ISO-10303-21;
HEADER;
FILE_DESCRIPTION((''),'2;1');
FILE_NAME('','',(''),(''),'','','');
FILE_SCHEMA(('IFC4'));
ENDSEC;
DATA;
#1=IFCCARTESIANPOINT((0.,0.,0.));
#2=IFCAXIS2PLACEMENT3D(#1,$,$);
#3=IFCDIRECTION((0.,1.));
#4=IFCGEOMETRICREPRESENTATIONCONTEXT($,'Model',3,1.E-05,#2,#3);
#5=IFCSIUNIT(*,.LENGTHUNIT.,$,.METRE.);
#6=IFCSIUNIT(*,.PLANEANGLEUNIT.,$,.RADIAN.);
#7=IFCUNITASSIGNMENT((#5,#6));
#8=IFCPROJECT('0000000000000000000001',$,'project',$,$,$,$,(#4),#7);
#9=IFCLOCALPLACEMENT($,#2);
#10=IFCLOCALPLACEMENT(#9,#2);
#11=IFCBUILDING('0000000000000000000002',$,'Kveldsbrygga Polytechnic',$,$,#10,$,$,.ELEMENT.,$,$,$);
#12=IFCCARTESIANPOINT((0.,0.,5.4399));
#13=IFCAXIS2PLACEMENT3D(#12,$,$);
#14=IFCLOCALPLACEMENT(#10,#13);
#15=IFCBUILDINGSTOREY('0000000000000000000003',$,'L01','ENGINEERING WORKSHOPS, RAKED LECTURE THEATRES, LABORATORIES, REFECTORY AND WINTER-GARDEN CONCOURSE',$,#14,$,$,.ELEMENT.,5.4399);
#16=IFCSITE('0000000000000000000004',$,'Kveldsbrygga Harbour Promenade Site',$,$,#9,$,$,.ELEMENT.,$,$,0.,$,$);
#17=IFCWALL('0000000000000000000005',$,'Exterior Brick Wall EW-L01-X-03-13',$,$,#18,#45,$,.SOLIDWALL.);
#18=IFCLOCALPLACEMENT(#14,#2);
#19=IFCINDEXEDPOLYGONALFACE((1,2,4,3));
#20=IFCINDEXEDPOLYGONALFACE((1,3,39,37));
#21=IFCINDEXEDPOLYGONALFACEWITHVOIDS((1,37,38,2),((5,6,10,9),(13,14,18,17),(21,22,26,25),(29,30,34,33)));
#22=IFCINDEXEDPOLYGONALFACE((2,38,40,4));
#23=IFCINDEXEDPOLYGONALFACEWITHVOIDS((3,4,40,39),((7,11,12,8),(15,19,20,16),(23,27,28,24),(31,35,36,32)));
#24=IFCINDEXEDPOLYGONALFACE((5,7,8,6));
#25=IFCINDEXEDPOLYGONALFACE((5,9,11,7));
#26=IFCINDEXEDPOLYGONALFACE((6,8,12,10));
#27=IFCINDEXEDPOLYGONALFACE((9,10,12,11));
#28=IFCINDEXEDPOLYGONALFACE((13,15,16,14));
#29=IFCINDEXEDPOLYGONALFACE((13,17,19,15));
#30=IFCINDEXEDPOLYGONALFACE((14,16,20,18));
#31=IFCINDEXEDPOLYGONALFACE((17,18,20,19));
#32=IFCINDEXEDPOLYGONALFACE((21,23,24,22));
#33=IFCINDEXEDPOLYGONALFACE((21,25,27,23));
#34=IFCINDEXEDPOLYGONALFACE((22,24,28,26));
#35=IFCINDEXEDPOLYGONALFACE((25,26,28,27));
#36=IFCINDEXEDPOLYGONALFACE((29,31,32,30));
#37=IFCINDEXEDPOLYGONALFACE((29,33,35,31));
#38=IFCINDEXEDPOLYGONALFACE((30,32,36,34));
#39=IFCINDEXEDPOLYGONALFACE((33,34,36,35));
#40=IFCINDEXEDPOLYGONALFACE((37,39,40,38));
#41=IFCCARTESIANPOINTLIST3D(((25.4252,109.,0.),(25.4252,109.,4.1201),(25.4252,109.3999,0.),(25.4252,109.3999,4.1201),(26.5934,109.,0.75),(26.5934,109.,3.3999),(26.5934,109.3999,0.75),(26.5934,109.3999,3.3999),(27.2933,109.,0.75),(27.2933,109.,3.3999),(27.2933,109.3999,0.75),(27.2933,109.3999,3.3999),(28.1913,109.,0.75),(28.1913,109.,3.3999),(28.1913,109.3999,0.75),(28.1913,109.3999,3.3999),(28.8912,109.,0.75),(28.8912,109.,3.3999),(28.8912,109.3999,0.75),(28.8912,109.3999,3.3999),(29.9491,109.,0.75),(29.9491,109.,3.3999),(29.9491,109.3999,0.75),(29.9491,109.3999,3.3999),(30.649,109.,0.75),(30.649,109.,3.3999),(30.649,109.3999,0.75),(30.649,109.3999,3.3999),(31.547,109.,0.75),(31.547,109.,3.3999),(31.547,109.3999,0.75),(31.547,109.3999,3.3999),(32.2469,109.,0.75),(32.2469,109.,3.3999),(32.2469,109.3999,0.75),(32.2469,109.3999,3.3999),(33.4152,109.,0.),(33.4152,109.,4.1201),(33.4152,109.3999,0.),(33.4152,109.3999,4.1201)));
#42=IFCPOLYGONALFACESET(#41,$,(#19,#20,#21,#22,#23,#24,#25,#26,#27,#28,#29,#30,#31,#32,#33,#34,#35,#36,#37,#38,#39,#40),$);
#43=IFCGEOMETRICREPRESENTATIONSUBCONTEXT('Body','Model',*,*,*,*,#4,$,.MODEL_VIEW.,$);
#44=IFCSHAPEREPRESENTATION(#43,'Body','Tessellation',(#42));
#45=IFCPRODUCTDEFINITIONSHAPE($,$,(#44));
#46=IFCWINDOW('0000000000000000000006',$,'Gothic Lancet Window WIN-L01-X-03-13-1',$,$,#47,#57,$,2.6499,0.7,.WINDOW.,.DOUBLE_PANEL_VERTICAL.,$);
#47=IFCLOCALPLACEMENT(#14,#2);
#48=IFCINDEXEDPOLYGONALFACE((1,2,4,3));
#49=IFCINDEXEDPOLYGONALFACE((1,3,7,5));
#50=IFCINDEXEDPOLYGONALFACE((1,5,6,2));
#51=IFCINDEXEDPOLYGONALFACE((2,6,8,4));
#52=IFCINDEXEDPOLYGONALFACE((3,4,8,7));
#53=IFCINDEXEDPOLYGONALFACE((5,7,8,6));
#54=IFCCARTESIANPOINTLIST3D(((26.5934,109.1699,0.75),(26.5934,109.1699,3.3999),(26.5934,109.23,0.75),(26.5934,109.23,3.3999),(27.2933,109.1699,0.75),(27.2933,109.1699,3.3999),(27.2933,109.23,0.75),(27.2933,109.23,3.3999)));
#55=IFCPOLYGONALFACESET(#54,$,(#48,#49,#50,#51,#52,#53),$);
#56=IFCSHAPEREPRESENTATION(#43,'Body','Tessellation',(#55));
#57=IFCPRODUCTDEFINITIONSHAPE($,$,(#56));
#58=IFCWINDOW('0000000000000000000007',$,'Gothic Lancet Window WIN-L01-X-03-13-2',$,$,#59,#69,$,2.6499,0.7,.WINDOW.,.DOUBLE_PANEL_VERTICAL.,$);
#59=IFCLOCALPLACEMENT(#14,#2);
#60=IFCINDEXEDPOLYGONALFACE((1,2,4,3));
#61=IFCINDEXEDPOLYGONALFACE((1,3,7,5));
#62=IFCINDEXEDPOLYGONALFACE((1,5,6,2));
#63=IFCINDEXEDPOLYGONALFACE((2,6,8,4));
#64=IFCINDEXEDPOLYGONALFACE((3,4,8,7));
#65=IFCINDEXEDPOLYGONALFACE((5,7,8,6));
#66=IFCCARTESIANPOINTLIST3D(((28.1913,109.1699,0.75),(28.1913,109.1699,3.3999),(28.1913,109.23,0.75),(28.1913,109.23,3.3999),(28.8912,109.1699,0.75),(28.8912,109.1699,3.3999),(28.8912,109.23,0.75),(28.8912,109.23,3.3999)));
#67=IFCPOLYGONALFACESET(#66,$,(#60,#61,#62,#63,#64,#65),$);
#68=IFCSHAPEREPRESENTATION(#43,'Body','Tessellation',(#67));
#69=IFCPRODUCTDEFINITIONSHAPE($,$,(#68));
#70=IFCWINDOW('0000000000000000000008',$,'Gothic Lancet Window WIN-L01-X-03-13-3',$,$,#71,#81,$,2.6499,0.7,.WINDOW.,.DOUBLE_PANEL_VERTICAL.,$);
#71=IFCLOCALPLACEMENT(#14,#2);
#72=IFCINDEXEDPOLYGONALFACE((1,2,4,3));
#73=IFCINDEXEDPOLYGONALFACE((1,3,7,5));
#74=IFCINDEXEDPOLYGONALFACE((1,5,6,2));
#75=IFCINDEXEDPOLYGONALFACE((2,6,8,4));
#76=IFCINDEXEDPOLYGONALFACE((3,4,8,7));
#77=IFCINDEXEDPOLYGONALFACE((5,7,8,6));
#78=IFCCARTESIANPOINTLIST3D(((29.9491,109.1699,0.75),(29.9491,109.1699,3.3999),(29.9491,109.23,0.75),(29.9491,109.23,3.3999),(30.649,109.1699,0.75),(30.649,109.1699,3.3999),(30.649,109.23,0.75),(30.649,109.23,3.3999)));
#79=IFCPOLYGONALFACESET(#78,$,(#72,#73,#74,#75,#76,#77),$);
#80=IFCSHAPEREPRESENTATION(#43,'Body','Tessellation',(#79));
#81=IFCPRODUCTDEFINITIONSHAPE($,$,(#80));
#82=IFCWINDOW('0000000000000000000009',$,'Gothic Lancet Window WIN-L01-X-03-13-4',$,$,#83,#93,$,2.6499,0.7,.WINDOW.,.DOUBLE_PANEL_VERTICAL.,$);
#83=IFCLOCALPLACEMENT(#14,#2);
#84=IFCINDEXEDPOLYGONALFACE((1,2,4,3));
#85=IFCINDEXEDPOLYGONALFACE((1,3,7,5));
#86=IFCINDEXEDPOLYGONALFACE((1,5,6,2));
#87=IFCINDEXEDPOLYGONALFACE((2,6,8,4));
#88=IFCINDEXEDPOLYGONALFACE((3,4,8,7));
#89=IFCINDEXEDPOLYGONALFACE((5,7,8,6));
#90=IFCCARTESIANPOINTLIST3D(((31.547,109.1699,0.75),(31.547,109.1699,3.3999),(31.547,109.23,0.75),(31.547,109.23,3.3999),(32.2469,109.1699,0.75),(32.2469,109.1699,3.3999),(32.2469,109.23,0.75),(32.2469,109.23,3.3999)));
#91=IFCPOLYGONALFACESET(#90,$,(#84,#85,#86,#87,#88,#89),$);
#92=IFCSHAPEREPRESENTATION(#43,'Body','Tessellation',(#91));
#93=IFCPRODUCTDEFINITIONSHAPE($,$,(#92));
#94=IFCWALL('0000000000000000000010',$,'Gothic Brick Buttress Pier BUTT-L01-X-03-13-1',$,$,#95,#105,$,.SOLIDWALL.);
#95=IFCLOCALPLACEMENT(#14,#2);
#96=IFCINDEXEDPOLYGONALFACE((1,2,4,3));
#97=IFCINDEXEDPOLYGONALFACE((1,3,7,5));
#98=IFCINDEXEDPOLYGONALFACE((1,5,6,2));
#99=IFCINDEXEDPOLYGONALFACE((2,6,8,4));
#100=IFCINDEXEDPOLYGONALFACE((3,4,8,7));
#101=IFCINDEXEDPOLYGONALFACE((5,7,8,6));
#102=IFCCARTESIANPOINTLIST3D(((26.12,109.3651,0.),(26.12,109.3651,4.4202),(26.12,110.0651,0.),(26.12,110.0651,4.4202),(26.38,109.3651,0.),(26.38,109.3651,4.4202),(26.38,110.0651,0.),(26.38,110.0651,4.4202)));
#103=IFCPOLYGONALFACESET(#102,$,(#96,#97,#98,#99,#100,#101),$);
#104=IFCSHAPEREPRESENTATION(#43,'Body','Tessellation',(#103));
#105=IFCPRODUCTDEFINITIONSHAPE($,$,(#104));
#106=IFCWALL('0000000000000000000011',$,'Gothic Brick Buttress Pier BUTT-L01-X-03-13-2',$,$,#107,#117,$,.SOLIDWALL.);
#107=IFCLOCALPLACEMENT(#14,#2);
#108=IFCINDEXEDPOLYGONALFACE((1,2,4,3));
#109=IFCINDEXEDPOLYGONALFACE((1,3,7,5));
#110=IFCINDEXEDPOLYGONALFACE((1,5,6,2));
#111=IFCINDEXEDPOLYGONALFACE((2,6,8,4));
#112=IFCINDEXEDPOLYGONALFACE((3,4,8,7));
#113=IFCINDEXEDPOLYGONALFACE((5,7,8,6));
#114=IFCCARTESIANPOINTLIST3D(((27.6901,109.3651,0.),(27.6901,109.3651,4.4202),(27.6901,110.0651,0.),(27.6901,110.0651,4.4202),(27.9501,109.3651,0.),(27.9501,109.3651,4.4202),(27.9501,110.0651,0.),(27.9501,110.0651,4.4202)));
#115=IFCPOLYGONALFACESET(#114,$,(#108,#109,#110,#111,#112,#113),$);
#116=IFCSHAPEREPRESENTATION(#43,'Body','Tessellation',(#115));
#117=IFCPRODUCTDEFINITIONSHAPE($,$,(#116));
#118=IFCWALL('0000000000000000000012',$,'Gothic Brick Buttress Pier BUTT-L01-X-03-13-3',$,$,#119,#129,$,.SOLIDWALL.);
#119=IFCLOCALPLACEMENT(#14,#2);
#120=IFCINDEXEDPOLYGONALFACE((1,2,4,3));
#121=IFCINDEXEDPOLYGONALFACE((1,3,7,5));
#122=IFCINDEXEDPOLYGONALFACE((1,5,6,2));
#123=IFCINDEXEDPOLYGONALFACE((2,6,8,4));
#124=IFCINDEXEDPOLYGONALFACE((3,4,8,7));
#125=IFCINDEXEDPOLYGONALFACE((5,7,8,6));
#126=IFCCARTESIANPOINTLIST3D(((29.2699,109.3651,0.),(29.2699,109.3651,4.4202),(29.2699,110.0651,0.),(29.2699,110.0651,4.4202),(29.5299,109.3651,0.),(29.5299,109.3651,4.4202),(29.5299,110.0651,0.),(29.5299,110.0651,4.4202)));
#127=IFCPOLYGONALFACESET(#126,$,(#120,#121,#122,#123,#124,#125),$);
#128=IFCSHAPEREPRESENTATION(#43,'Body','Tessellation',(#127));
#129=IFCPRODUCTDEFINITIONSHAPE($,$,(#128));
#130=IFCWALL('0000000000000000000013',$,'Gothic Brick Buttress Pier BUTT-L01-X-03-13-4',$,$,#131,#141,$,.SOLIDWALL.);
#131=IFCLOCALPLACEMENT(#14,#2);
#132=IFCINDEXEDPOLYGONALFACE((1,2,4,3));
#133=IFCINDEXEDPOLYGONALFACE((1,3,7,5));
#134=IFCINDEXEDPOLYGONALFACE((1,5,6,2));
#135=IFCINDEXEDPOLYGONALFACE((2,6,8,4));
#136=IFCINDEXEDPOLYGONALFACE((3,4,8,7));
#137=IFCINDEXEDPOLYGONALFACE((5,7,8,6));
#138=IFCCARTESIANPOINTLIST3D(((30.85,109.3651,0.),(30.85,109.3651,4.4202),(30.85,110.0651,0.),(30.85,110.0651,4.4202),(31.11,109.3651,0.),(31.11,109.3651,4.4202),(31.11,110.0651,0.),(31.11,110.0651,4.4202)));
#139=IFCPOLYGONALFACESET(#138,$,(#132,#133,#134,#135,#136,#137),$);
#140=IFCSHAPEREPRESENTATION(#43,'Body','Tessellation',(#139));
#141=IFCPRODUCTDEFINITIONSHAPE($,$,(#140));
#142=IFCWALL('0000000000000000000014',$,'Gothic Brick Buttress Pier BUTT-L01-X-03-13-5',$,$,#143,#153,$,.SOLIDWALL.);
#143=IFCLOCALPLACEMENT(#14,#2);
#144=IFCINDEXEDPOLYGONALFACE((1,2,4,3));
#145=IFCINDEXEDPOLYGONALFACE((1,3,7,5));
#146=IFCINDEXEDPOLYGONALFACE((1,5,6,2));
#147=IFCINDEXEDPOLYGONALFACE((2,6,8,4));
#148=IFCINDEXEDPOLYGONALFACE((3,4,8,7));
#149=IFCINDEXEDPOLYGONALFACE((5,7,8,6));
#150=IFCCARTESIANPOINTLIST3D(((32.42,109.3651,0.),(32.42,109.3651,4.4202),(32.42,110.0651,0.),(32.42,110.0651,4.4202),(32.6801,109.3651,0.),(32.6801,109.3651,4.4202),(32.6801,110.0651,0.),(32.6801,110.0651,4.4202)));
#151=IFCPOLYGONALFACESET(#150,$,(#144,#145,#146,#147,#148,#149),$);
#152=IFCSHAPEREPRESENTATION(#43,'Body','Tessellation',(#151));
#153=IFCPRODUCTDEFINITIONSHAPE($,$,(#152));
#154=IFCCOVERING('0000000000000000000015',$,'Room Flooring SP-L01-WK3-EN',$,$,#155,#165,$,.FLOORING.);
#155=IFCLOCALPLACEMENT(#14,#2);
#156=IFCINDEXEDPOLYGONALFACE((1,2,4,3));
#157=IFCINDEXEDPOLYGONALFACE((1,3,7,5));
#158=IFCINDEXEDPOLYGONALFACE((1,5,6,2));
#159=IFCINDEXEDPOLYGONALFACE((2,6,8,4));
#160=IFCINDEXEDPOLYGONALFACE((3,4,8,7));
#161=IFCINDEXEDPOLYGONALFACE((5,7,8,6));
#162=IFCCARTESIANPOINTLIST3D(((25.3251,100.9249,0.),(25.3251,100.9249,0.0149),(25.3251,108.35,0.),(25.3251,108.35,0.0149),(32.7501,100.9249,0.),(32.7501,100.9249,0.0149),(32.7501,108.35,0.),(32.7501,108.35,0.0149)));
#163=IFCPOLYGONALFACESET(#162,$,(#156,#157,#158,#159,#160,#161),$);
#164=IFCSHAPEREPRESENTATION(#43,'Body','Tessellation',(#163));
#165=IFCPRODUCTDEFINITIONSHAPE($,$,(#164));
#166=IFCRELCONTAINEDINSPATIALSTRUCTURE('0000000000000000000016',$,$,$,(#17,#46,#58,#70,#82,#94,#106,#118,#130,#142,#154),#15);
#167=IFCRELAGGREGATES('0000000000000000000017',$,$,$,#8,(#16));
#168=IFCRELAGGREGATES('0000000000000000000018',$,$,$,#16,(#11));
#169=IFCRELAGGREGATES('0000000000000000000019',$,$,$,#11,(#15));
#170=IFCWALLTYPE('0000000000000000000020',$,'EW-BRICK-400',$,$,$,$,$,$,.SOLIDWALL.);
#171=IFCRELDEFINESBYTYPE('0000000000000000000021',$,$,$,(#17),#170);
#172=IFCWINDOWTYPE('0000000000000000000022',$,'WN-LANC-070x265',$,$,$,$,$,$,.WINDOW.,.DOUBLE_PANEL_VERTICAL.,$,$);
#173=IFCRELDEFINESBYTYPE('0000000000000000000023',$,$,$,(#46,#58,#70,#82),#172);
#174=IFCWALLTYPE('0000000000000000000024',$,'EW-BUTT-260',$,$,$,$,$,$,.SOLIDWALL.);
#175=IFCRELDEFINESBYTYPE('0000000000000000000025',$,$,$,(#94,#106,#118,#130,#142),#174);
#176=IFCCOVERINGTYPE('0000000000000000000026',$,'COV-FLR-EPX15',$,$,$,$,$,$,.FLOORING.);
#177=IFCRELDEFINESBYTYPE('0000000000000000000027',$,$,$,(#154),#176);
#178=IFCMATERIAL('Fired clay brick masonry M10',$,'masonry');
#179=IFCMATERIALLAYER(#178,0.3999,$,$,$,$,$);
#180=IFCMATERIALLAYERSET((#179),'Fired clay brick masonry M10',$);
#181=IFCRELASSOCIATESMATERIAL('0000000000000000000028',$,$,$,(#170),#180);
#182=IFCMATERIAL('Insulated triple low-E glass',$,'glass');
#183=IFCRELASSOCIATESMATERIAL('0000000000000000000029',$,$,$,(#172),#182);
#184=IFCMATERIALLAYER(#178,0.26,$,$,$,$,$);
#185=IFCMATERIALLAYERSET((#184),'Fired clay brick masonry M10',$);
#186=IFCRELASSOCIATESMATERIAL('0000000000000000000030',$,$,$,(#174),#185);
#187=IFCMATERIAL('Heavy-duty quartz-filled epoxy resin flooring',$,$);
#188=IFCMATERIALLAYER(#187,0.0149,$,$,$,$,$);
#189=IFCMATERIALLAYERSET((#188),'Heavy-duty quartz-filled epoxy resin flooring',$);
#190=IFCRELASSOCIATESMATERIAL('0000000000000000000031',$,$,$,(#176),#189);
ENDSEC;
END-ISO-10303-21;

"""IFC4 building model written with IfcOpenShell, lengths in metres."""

from ifc_helpers import new_model, si_unit, direction, frame, frame_2d, origin, origin_2d, place, context, subcontext, project, spatial, rectangle, extrude, material, layer, layer_set, type_object, element, fill, save


model = new_model("IFC4")

# Units and contexts
model_context = context("Model", 3, precision=1e-05, world=origin(), true_north=direction((0.0, 1.0)))
body_context = subcontext(model_context, "Body", "Model", "MODEL_VIEW")
ifc_project = project(units=[si_unit("LENGTHUNIT", "METRE"), si_unit("PLANEANGLEUNIT", "RADIAN")], contexts=[model_context])

# Site, building, storey
site_placement = place(None, origin())
site = spatial("IfcSite", under=ifc_project, at=site_placement, Name="Kveldsbrygga Harbour Promenade Site", CompositionType="ELEMENT", RefElevation=0.0)
building_placement = place(site_placement, origin())
building = spatial("IfcBuilding", under=site, at=building_placement, Name="Kveldsbrygga Polytechnic", CompositionType="ELEMENT")
storey_placement = place(building_placement, frame((0.0, 0.0, 5.4399)))
storey = spatial("IfcBuildingStorey", under=building, at=storey_placement, Name="L01", Description="ENGINEERING WORKSHOPS, RAKED LECTURE THEATRES, LABORATORIES, REFECTORY AND WINTER-GARDEN CONCOURSE", CompositionType="ELEMENT", Elevation=5.4399)

# Wall, openings, windows
ifc_material_1 = material(Name="Fired clay brick masonry M10", Category="masonry")
ifc_layer_1 = layer(ifc_material_1, 0.3999)
ifc_layer_set_1 = layer_set([ifc_layer_1], Name="Fired clay brick masonry M10")
wall_type_1 = type_object("IfcWallType", Name="EW-BRICK-400", PredefinedType="SOLIDWALL", material=ifc_layer_set_1)
wall_placement = place(storey_placement, frame((25.425, 109.2, 0.0), z_axis=(0.0, 0.0, 1.0), x_axis=(1.0, 0.0, 0.0)))
wall = element("IfcWall", 1, at=wall_placement, inside=storey, type_object=wall_type_1, Name="Exterior Brick Wall EW-L01-X-03-13", PredefinedType="SOLIDWALL", context=body_context, shape_type="SweptSolid", body=[
    extrude(rectangle(XDim=7.99, YDim=0.3999, at=frame_2d((3.9951, 0.0))), origin(), (0.0, 0.0, 1.0), 4.1201),
])
opening_1_placement = place(wall_placement, frame((1.1682, 0.0, 0.75)))
opening_1 = element("IfcOpeningElement", 2, at=opening_1_placement, cuts=wall, PredefinedType="OPENING", context=body_context, shape_type="SweptSolid", body=[
    extrude(rectangle(XDim=0.7, YDim=2.6499, at=frame_2d((0.3501, 1.325))), frame((0.0, 0.21, 0.0), z_axis=(0.0, -1.0, 0.0), x_axis=(1.0, 0.0, 0.0)), (0.0, 0.0, 1.0), 0.4199),
])
opening_2_placement = place(wall_placement, frame((2.7661, 0.0, 0.75)))
opening_2 = element("IfcOpeningElement", 3, at=opening_2_placement, cuts=wall, PredefinedType="OPENING", context=body_context, shape_type="SweptSolid", body=[
    extrude(rectangle(XDim=0.7, YDim=2.6499, at=frame_2d((0.3501, 1.325))), frame((0.0, 0.21, 0.0), z_axis=(0.0, -1.0, 0.0), x_axis=(1.0, 0.0, 0.0)), (0.0, 0.0, 1.0), 0.4199),
])
opening_3_placement = place(wall_placement, frame((4.5239, 0.0, 0.75)))
opening_3 = element("IfcOpeningElement", 4, at=opening_3_placement, cuts=wall, PredefinedType="OPENING", context=body_context, shape_type="SweptSolid", body=[
    extrude(rectangle(XDim=0.7, YDim=2.6499, at=frame_2d((0.3501, 1.325))), frame((0.0, 0.21, 0.0), z_axis=(0.0, -1.0, 0.0), x_axis=(1.0, 0.0, 0.0)), (0.0, 0.0, 1.0), 0.4199),
])
opening_4_placement = place(wall_placement, frame((6.1218, 0.0, 0.75)))
opening_4 = element("IfcOpeningElement", 5, at=opening_4_placement, cuts=wall, PredefinedType="OPENING", context=body_context, shape_type="SweptSolid", body=[
    extrude(rectangle(XDim=0.7, YDim=2.6499, at=frame_2d((0.3501, 1.325))), frame((0.0, 0.21, 0.0), z_axis=(0.0, -1.0, 0.0), x_axis=(1.0, 0.0, 0.0)), (0.0, 0.0, 1.0), 0.4199),
])
ifc_material_2 = material(Name="Insulated triple low-E glass", Category="glass")
window_type = type_object("IfcWindowType", Name="WN-LANC-070x265", PartitioningType="DOUBLE_PANEL_VERTICAL", PredefinedType="WINDOW", material=ifc_material_2)
window_1_placement = place(opening_1_placement, origin())
window_1 = element("IfcWindow", 6, at=window_1_placement, inside=storey, type_object=window_type, Name="Gothic Lancet Window WIN-L01-X-03-13-1", OverallHeight=2.6499, OverallWidth=0.7, PartitioningType="DOUBLE_PANEL_VERTICAL", PredefinedType="WINDOW", context=body_context, shape_type="SweptSolid", body=[
    extrude(rectangle(XDim=0.7, YDim=2.6499, at=frame_2d((0.3501, 1.325))), frame((0.0, 0.03, 0.0), z_axis=(0.0, -1.0, 0.0), x_axis=(1.0, 0.0, 0.0)), (0.0, 0.0, 1.0), 0.0601),
])
fill(opening_1, window_1)
window_2_placement = place(opening_2_placement, origin())
window_2 = element("IfcWindow", 7, at=window_2_placement, inside=storey, type_object=window_type, Name="Gothic Lancet Window WIN-L01-X-03-13-2", OverallHeight=2.6499, OverallWidth=0.7, PartitioningType="DOUBLE_PANEL_VERTICAL", PredefinedType="WINDOW", context=body_context, shape_type="SweptSolid", body=[
    extrude(rectangle(XDim=0.7, YDim=2.6499, at=frame_2d((0.3501, 1.325))), frame((0.0, 0.03, 0.0), z_axis=(0.0, -1.0, 0.0), x_axis=(1.0, 0.0, 0.0)), (0.0, 0.0, 1.0), 0.0601),
])
fill(opening_2, window_2)
window_3_placement = place(opening_3_placement, origin())
window_3 = element("IfcWindow", 8, at=window_3_placement, inside=storey, type_object=window_type, Name="Gothic Lancet Window WIN-L01-X-03-13-3", OverallHeight=2.6499, OverallWidth=0.7, PartitioningType="DOUBLE_PANEL_VERTICAL", PredefinedType="WINDOW", context=body_context, shape_type="SweptSolid", body=[
    extrude(rectangle(XDim=0.7, YDim=2.6499, at=frame_2d((0.3501, 1.325))), frame((0.0, 0.03, 0.0), z_axis=(0.0, -1.0, 0.0), x_axis=(1.0, 0.0, 0.0)), (0.0, 0.0, 1.0), 0.0601),
])
fill(opening_3, window_3)
window_4_placement = place(opening_4_placement, origin())
window_4 = element("IfcWindow", 9, at=window_4_placement, inside=storey, type_object=window_type, Name="Gothic Lancet Window WIN-L01-X-03-13-4", OverallHeight=2.6499, OverallWidth=0.7, PartitioningType="DOUBLE_PANEL_VERTICAL", PredefinedType="WINDOW", context=body_context, shape_type="SweptSolid", body=[
    extrude(rectangle(XDim=0.7, YDim=2.6499, at=frame_2d((0.3501, 1.325))), frame((0.0, 0.03, 0.0), z_axis=(0.0, -1.0, 0.0), x_axis=(1.0, 0.0, 0.0)), (0.0, 0.0, 1.0), 0.0601),
])
fill(opening_4, window_4)

# Walls
ifc_layer_2 = layer(ifc_material_1, 0.26)
ifc_layer_set_2 = layer_set([ifc_layer_2], Name="Fired clay brick masonry M10")
wall_type_2 = type_object("IfcWallType", Name="EW-BUTT-260", PredefinedType="SOLIDWALL", material=ifc_layer_set_2)
for number, where, z_axis, x_axis, name in (
    (10, (26.25, 109.365, 0.0), (0.0, 0.0, 1.0), (0.0, 1.0, 0.0), "Gothic Brick Buttress Pier BUTT-L01-X-03-13-1"),
    (11, (27.8201, 109.365, 0.0), (0.0, 0.0, 1.0), (0.0, 1.0, 0.0), "Gothic Brick Buttress Pier BUTT-L01-X-03-13-2"),
    (12, (29.3999, 109.365, 0.0), (0.0, 0.0, 1.0), (0.0, 1.0, 0.0), "Gothic Brick Buttress Pier BUTT-L01-X-03-13-3"),
    (13, (30.98, 109.365, 0.0), (0.0, 0.0, 1.0), (0.0, 1.0, 0.0), "Gothic Brick Buttress Pier BUTT-L01-X-03-13-4"),
    (14, (32.55, 109.365, 0.0), (0.0, 0.0, 1.0), (0.0, 1.0, 0.0), "Gothic Brick Buttress Pier BUTT-L01-X-03-13-5"),
):
    element("IfcWall", number, at=place(storey_placement, frame(where, z_axis=z_axis, x_axis=x_axis)), inside=storey, type_object=wall_type_2, Name=name, PredefinedType="SOLIDWALL", context=body_context, shape_type="SweptSolid", body=[
        extrude(rectangle(XDim=0.7, YDim=0.26, at=frame_2d((0.3501, 0.0))), origin(), (0.0, 0.0, 1.0), 4.4202),
    ])

# Covering
ifc_material_3 = material(Name="Heavy-duty quartz-filled epoxy resin flooring")
ifc_layer_3 = layer(ifc_material_3, 0.0149)
ifc_layer_set_3 = layer_set([ifc_layer_3], Name="Heavy-duty quartz-filled epoxy resin flooring")
covering_type = type_object("IfcCoveringType", Name="COV-FLR-EPX15", PredefinedType="FLOORING", material=ifc_layer_set_3)
covering_placement = place(storey_placement, frame((29.0376, 104.6375, 0.0), z_axis=(0.0, 0.0, 1.0), x_axis=(1.0, 0.0, 0.0)))
element("IfcCovering", 15, at=covering_placement, inside=storey, type_object=covering_type, Name="Room Flooring SP-L01-WK3-EN", PredefinedType="FLOORING", context=body_context, shape_type="SweptSolid", body=[
    extrude(rectangle(XDim=7.425, YDim=7.425, at=origin_2d()), origin(), (0.0, 0.0, 1.0), 0.0149),
])

save(model, "model.ifc")
